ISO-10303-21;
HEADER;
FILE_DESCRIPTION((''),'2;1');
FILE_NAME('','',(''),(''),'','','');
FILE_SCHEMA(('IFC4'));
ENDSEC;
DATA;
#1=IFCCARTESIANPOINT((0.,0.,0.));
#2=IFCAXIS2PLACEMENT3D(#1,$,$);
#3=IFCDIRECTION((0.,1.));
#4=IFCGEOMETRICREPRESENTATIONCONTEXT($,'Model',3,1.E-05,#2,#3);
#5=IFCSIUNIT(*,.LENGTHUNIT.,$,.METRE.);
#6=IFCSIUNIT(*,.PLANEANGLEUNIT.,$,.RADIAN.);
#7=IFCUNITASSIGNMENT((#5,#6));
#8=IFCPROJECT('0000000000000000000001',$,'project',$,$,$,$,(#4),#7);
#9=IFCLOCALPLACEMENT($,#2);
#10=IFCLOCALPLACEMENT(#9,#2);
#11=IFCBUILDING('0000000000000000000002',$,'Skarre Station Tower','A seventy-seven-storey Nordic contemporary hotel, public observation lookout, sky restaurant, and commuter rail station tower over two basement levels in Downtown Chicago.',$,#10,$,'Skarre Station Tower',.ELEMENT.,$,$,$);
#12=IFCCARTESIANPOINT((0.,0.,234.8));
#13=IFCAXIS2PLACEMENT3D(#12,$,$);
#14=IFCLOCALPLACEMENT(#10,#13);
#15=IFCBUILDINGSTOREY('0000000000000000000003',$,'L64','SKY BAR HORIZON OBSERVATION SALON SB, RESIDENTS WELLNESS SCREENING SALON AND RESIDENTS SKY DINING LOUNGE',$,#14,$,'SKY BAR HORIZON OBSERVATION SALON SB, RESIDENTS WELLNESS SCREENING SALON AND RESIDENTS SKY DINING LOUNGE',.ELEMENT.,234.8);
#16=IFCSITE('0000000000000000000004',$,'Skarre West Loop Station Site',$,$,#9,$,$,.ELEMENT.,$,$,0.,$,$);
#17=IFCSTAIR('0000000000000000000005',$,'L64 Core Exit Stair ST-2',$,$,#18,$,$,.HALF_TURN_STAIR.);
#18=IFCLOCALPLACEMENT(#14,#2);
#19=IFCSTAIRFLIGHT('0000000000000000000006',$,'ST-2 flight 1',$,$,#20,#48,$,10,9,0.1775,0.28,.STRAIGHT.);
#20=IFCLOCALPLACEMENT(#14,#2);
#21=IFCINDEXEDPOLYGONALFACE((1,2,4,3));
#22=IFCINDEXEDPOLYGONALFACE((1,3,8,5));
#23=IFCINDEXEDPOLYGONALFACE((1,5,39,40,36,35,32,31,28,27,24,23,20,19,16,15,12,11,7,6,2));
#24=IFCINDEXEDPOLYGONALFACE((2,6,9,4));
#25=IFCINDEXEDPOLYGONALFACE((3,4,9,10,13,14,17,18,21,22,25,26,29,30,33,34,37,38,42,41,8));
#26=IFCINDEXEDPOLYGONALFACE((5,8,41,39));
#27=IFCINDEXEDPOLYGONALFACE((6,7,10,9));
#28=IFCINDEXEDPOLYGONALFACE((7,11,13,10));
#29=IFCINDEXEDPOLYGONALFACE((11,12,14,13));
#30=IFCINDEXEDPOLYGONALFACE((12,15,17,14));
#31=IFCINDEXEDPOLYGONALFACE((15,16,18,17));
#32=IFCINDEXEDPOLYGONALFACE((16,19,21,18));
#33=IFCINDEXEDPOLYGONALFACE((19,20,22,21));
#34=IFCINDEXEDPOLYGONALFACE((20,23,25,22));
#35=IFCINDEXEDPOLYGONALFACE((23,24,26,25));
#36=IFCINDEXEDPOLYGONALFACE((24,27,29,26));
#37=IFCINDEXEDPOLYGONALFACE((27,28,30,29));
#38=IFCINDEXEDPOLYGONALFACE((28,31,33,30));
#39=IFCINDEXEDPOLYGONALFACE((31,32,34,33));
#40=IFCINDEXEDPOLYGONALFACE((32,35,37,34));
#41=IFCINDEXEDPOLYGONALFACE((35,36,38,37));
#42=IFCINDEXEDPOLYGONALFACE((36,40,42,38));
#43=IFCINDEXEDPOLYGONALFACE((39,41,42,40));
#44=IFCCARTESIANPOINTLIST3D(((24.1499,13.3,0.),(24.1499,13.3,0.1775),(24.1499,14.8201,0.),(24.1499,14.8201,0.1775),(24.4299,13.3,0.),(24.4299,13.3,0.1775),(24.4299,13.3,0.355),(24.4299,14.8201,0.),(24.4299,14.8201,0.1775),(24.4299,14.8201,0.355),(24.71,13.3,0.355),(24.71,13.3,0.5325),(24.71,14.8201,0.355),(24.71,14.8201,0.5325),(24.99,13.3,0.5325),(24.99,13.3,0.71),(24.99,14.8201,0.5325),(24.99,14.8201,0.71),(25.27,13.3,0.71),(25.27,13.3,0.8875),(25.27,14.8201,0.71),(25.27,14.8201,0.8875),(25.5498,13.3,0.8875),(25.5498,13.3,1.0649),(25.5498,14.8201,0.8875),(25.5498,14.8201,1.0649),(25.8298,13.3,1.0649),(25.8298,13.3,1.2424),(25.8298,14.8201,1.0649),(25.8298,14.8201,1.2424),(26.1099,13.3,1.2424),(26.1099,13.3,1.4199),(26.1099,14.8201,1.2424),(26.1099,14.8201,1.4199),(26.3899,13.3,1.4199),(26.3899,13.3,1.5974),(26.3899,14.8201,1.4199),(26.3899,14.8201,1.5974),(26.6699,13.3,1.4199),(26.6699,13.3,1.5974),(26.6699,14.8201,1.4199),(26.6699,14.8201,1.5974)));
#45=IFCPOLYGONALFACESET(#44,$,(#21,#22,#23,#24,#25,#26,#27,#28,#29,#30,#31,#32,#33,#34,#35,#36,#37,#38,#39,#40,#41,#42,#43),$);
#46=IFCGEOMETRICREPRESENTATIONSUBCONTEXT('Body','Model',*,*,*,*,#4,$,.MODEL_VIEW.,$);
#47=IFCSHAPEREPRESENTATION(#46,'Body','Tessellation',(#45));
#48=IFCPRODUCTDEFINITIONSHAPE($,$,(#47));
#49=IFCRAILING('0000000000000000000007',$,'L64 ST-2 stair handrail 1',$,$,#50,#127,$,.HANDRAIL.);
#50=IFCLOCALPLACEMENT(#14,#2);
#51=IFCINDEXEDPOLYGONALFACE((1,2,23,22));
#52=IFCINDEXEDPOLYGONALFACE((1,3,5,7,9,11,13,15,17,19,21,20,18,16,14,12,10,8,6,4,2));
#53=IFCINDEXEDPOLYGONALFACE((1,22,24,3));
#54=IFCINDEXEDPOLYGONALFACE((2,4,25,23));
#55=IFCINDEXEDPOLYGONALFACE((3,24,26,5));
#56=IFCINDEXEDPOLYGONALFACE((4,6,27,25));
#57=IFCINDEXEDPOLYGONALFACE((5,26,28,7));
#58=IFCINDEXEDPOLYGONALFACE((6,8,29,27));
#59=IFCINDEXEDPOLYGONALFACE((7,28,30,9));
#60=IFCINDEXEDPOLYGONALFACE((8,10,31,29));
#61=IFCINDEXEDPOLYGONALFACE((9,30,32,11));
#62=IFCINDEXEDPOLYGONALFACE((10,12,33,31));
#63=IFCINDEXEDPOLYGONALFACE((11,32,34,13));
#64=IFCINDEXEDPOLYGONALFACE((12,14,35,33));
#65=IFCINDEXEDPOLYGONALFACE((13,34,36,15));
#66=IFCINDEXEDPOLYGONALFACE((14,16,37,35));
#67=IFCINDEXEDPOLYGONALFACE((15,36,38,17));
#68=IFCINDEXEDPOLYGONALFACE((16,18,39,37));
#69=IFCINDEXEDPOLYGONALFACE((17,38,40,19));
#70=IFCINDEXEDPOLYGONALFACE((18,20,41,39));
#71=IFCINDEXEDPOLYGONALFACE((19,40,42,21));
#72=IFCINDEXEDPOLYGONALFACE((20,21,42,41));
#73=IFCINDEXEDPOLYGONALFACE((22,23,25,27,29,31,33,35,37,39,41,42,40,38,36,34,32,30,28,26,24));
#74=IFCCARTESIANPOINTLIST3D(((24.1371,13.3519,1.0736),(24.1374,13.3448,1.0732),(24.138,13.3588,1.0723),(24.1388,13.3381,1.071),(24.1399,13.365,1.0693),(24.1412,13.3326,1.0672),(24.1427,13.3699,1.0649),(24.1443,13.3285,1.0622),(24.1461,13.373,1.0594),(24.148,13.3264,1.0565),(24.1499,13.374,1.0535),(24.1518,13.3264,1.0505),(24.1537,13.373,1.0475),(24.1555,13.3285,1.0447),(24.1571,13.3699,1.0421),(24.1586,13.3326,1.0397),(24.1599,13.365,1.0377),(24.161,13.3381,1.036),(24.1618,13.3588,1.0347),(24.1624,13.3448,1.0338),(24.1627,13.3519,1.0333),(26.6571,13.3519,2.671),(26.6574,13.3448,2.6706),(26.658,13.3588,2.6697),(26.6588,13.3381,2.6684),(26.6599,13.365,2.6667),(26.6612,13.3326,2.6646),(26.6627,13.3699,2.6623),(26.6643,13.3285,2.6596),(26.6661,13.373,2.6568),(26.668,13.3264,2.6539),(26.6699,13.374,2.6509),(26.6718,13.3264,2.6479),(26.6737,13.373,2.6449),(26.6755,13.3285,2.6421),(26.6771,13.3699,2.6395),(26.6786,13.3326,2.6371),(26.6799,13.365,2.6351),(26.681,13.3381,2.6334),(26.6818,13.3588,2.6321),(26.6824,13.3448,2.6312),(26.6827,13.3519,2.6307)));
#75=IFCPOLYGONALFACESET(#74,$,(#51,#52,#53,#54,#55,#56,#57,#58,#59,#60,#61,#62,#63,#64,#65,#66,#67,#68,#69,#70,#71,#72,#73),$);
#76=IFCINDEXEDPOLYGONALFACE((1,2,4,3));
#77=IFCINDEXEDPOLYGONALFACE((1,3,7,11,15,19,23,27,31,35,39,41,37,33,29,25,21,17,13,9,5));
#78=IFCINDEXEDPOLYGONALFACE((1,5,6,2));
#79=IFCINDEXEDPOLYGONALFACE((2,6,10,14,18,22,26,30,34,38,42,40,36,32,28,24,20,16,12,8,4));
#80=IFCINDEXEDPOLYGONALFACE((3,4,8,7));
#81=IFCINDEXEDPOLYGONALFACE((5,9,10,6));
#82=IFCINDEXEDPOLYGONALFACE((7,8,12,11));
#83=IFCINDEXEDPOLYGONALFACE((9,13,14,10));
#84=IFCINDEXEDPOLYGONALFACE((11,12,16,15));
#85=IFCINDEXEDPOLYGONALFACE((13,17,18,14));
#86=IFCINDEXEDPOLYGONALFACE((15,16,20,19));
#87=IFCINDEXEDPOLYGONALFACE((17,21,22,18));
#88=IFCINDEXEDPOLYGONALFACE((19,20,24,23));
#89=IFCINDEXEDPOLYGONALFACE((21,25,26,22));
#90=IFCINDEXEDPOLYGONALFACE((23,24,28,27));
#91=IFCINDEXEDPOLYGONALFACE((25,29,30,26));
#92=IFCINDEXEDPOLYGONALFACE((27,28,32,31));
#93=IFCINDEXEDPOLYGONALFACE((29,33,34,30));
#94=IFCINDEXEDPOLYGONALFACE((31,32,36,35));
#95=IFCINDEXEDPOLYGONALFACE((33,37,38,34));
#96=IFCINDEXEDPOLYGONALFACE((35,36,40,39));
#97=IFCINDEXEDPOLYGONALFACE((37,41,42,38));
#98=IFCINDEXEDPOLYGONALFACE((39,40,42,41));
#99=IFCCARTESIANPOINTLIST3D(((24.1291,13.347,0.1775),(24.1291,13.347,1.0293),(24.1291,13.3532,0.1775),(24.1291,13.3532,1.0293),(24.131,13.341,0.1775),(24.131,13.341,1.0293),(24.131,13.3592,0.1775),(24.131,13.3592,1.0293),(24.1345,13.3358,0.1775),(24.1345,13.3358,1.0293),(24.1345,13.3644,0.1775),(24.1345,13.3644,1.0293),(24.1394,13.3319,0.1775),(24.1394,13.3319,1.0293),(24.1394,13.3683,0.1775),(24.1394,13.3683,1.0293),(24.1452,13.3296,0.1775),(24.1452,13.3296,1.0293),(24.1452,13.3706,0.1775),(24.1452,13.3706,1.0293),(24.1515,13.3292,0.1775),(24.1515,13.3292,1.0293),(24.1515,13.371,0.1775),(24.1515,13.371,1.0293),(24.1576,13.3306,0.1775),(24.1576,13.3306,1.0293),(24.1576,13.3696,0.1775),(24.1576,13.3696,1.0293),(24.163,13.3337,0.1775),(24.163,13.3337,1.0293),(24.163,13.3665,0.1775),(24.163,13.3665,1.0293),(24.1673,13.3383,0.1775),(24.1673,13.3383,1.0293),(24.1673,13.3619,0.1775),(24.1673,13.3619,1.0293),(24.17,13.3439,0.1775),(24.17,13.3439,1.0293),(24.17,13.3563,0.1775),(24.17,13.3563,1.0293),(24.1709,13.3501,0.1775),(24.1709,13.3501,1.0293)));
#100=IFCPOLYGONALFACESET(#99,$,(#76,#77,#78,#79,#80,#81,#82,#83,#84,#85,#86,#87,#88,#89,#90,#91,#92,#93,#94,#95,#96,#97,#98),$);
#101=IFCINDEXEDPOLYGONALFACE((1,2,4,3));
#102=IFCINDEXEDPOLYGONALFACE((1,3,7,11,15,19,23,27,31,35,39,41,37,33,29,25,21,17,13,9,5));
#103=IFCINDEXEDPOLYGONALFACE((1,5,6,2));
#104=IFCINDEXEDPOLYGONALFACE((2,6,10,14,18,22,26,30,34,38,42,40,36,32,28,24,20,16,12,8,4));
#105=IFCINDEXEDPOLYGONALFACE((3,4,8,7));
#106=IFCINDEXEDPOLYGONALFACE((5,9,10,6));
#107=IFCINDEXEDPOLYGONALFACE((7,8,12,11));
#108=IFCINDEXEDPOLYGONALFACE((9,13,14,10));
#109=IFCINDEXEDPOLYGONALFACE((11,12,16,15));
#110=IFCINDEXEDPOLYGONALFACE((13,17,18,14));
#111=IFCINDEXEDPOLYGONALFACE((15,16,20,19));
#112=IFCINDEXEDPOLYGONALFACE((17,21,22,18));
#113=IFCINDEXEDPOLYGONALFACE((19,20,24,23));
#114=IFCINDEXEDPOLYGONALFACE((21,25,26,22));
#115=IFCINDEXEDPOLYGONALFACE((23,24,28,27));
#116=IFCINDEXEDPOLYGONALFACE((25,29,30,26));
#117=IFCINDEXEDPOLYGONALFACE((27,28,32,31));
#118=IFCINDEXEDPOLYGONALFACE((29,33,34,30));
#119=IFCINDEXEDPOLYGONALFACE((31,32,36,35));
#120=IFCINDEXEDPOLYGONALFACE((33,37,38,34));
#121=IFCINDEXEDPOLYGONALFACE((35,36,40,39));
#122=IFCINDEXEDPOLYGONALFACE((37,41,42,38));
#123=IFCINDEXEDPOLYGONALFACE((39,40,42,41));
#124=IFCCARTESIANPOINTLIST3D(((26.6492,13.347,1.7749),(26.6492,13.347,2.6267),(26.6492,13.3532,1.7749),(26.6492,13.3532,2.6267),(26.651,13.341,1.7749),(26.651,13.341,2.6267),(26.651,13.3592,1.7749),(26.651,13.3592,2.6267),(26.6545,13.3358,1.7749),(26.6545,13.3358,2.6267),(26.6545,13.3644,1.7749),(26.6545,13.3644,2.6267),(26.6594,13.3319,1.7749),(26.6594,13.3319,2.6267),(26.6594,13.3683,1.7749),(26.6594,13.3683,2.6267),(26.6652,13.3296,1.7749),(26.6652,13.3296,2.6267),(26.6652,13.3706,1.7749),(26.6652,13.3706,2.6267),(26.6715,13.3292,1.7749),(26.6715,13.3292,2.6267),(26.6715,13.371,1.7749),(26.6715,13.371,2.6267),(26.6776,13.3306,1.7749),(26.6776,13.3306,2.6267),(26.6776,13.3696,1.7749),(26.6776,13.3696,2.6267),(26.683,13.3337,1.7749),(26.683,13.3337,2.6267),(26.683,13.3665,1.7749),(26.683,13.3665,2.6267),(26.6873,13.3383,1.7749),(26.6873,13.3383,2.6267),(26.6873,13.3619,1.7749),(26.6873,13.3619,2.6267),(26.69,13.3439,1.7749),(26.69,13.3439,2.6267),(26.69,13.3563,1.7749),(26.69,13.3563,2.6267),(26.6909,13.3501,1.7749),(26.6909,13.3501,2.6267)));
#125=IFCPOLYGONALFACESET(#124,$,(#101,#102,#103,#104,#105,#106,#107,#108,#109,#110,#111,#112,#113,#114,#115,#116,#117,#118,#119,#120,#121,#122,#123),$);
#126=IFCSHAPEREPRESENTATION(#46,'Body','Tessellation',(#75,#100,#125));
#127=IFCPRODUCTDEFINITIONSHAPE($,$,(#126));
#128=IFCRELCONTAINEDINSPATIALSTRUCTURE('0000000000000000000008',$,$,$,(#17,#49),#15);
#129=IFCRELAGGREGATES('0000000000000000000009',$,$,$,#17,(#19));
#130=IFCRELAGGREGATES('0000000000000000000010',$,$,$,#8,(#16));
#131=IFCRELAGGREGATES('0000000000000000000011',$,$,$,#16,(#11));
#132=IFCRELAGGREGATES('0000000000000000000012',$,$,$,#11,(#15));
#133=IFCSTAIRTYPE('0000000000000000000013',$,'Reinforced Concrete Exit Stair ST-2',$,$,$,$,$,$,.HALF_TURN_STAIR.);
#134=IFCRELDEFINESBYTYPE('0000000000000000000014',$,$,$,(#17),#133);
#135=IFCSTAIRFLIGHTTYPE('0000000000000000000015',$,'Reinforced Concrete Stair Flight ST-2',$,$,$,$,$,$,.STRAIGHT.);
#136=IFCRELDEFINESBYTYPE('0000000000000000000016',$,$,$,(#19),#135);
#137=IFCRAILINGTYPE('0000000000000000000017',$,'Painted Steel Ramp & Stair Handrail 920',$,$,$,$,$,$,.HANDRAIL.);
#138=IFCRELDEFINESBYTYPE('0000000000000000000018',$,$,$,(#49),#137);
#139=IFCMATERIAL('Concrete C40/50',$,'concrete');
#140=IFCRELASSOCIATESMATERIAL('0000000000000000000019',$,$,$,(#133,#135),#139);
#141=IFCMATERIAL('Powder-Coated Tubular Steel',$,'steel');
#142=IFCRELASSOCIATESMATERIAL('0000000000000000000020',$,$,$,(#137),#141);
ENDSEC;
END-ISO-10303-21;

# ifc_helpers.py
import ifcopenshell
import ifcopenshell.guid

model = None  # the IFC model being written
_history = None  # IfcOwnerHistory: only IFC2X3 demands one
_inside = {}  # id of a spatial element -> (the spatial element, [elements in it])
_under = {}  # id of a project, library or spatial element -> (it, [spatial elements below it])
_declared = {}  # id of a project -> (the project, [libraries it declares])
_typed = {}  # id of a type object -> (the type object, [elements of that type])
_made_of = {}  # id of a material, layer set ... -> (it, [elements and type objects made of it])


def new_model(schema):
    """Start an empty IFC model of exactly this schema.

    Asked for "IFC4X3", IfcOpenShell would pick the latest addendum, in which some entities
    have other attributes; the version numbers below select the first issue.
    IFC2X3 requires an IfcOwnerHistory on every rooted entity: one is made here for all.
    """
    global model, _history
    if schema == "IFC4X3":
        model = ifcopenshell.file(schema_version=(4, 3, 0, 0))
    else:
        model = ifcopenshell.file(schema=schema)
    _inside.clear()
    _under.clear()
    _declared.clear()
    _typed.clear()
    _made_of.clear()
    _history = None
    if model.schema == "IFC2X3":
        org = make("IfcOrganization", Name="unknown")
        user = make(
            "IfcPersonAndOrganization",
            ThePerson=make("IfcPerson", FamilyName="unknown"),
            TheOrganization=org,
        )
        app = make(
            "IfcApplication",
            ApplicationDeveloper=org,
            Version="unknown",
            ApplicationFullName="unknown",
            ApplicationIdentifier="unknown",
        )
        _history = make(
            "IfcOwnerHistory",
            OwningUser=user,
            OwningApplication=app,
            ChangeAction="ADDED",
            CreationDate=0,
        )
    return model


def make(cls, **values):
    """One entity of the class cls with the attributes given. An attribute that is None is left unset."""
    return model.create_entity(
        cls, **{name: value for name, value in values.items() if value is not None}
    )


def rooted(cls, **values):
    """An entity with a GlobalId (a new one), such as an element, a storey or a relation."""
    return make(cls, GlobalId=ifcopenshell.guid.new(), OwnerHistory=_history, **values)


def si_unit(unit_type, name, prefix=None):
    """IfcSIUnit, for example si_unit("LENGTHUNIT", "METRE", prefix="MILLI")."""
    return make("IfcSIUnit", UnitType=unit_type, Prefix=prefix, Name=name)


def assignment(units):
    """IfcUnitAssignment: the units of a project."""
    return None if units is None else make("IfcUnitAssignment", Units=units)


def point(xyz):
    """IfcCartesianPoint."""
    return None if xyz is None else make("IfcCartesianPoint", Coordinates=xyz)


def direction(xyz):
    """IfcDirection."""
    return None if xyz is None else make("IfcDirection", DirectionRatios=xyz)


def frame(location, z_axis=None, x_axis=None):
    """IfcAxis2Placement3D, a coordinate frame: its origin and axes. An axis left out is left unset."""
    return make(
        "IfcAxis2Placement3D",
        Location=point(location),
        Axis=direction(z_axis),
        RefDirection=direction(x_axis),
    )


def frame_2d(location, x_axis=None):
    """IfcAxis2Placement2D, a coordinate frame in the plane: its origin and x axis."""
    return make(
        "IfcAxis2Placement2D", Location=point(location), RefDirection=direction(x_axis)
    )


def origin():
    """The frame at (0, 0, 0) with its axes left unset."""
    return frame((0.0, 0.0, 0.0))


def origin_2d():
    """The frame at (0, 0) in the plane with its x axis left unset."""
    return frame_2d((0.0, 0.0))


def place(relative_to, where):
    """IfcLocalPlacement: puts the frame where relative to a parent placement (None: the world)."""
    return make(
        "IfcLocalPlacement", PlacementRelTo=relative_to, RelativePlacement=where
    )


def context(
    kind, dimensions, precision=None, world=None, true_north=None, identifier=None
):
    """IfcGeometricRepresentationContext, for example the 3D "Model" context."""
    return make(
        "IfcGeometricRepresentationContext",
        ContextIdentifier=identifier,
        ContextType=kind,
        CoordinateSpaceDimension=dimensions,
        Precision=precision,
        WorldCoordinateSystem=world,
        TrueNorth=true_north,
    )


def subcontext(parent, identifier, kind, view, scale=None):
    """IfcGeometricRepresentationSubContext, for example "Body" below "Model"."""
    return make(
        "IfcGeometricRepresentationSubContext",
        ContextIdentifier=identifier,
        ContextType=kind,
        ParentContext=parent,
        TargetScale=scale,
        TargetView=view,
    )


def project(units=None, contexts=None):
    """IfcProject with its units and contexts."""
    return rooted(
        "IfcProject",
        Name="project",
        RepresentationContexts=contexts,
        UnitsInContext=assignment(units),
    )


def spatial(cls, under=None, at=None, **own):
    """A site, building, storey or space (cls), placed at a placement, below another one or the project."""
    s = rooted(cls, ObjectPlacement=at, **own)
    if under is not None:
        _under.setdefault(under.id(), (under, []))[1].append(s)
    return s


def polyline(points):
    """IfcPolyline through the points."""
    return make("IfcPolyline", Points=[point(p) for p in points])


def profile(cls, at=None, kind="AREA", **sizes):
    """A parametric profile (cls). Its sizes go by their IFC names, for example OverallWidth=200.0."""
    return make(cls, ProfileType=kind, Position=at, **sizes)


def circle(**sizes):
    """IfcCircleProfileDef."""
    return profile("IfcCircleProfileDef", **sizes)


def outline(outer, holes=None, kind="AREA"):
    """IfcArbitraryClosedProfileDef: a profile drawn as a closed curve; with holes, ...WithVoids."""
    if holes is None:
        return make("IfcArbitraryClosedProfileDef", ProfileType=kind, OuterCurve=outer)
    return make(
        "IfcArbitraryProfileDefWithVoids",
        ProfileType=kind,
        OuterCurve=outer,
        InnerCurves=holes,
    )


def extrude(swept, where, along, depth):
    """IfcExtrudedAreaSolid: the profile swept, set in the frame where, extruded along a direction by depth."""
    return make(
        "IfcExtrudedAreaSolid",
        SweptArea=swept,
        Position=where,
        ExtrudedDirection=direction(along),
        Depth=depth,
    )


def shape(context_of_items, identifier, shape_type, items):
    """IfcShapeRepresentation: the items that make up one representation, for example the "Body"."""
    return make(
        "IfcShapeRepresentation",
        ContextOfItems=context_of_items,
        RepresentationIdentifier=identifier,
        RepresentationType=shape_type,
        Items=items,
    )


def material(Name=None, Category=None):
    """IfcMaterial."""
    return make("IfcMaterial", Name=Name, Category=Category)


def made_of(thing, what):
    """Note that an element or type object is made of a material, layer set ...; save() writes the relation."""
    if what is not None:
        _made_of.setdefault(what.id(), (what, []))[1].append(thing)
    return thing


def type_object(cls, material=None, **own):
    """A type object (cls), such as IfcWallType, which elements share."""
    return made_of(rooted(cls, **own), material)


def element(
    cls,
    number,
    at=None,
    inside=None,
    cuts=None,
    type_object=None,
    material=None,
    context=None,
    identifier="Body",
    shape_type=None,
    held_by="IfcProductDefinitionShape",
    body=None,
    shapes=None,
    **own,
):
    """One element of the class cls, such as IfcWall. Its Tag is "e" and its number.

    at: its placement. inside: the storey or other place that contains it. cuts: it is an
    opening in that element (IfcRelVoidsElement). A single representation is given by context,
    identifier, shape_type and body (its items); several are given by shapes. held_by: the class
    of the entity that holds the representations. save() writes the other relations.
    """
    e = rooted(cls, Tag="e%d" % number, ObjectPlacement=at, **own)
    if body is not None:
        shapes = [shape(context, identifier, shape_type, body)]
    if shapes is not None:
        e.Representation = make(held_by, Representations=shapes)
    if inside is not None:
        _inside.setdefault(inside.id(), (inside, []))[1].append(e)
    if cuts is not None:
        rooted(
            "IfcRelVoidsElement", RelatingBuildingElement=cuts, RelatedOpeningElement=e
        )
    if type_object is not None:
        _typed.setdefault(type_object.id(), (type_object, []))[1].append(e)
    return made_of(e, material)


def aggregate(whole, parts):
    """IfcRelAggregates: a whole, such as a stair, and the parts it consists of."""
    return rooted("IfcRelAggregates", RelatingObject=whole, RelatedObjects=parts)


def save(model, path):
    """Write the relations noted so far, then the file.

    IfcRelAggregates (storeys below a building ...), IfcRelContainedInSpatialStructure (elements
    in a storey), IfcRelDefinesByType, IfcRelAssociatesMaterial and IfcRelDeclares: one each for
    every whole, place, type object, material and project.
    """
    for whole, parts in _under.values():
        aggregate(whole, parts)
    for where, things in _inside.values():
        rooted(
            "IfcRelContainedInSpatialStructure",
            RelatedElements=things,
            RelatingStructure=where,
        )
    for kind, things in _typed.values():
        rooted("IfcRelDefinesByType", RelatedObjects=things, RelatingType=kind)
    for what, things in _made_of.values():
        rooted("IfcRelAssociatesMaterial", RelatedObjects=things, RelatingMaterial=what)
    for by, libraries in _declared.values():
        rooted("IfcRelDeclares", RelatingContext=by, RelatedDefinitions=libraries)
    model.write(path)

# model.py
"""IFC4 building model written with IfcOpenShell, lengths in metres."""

from ifc_helpers import new_model, si_unit, direction, frame, origin, origin_2d, place, context, subcontext, project, spatial, polyline, circle, outline, extrude, material, type_object, element, aggregate, save


model = new_model("IFC4")

# Units and contexts
model_context = context("Model", 3, precision=1e-05, world=origin(), true_north=direction((0.0, 1.0)))
body_context = subcontext(model_context, "Body", "Model", "MODEL_VIEW")
ifc_project = project(units=[si_unit("LENGTHUNIT", "METRE"), si_unit("PLANEANGLEUNIT", "RADIAN")], contexts=[model_context])

# Site, building, storey
site_placement = place(None, origin())
site = spatial("IfcSite", under=ifc_project, at=site_placement, Name="Skarre West Loop Station Site", CompositionType="ELEMENT", RefElevation=0.0)
building_placement = place(site_placement, origin())
building = spatial("IfcBuilding", under=site, at=building_placement, Name="Skarre Station Tower", Description="A seventy-seven-storey Nordic contemporary hotel, public observation lookout, sky restaurant, and commuter rail station tower over two basement levels in Downtown Chicago.", LongName="Skarre Station Tower", CompositionType="ELEMENT")
storey_placement = place(building_placement, frame((0.0, 0.0, 234.8)))
storey = spatial("IfcBuildingStorey", under=building, at=storey_placement, Name="L64", Description="SKY BAR HORIZON OBSERVATION SALON SB, RESIDENTS WELLNESS SCREENING SALON AND RESIDENTS SKY DINING LOUNGE", LongName="SKY BAR HORIZON OBSERVATION SALON SB, RESIDENTS WELLNESS SCREENING SALON AND RESIDENTS SKY DINING LOUNGE", CompositionType="ELEMENT", Elevation=234.8)

# Stair, stair flight
ifc_material_1 = material(Name="Concrete C40/50", Category="concrete")
stair_type = type_object("IfcStairType", Name="Reinforced Concrete Exit Stair ST-2", PredefinedType="HALF_TURN_STAIR", material=ifc_material_1)
stair_placement = place(storey_placement, origin())
stair = element("IfcStair", 1, at=stair_placement, inside=storey, type_object=stair_type, Name="L64 Core Exit Stair ST-2", PredefinedType="HALF_TURN_STAIR")
stair_flight_type = type_object("IfcStairFlightType", Name="Reinforced Concrete Stair Flight ST-2", PredefinedType="STRAIGHT", material=ifc_material_1)
stair_flight_placement = place(storey_placement, frame((24.1499, 14.0601, 0.0), z_axis=(0.0, 0.0, 1.0), x_axis=(1.0, 0.0, 0.0)))
stair_flight = element("IfcStairFlight", 2, at=stair_flight_placement, type_object=stair_flight_type, Name="ST-2 flight 1", NumberOfRisers=10, NumberOfTreads=9, PredefinedType="STRAIGHT", RiserHeight=0.1775, TreadLength=0.28, context=body_context, shape_type="SweptSolid", body=[
    extrude(outline(polyline([(0.0, 0.0), (0.0, 0.1775), (0.28, 0.1775), (0.28, 0.355), (0.5601, 0.355), (0.5601, 0.5325), (0.8401, 0.5325), (0.8401, 0.71), (1.1201, 0.71), (1.1201, 0.8875), (1.3999, 0.8875), (1.3999, 1.0649), (1.6799, 1.0649), (1.6799, 1.2424), (1.96, 1.2424), (1.96, 1.4199), (2.24, 1.4199), (2.24, 1.5974), (2.52, 1.5974), (2.52, 1.7749), (2.52, 1.4199), (0.28, 0.0), (0.0, 0.0)])), frame((0.0, 0.76, 0.0), z_axis=(0.0, -1.0, 0.0), x_axis=(1.0, 0.0, 0.0)), (0.0, 0.0, 1.0), 1.52),
])
aggregate(stair, [stair_flight])

# Railing
ifc_material_2 = material(Name="Powder-Coated Tubular Steel", Category="steel")
railing_type_1 = type_object("IfcRailingType", Name="Painted Steel Ramp & Stair Handrail 920", PredefinedType="HANDRAIL", material=ifc_material_2)
railing_1_placement = place(storey_placement, frame((24.1499, 13.3501, 0.1775)))
element("IfcRailing", 3, at=railing_1_placement, inside=storey, type_object=railing_type_1, Name="L64 ST-2 stair handrail 1", PredefinedType="HANDRAIL", context=body_context, shape_type="SweptSolid", body=[
    extrude(circle(Radius=0.0239, at=origin_2d()), frame((0.0, 0.0, 0.876), z_axis=(0.844607, 0.0, 0.535387), x_axis=(0.0, 1.0, 0.0)), (0.0, 0.0, 1.0), 2.9836),
    extrude(circle(Radius=0.021, at=origin_2d()), origin(), (0.0, 0.0, 1.0), 0.8518),
    extrude(circle(Radius=0.021, at=origin_2d()), frame((2.52, 0.0, 1.5974)), (0.0, 0.0, 1.0), 0.8518),
])

save(model, "model.ifc")
